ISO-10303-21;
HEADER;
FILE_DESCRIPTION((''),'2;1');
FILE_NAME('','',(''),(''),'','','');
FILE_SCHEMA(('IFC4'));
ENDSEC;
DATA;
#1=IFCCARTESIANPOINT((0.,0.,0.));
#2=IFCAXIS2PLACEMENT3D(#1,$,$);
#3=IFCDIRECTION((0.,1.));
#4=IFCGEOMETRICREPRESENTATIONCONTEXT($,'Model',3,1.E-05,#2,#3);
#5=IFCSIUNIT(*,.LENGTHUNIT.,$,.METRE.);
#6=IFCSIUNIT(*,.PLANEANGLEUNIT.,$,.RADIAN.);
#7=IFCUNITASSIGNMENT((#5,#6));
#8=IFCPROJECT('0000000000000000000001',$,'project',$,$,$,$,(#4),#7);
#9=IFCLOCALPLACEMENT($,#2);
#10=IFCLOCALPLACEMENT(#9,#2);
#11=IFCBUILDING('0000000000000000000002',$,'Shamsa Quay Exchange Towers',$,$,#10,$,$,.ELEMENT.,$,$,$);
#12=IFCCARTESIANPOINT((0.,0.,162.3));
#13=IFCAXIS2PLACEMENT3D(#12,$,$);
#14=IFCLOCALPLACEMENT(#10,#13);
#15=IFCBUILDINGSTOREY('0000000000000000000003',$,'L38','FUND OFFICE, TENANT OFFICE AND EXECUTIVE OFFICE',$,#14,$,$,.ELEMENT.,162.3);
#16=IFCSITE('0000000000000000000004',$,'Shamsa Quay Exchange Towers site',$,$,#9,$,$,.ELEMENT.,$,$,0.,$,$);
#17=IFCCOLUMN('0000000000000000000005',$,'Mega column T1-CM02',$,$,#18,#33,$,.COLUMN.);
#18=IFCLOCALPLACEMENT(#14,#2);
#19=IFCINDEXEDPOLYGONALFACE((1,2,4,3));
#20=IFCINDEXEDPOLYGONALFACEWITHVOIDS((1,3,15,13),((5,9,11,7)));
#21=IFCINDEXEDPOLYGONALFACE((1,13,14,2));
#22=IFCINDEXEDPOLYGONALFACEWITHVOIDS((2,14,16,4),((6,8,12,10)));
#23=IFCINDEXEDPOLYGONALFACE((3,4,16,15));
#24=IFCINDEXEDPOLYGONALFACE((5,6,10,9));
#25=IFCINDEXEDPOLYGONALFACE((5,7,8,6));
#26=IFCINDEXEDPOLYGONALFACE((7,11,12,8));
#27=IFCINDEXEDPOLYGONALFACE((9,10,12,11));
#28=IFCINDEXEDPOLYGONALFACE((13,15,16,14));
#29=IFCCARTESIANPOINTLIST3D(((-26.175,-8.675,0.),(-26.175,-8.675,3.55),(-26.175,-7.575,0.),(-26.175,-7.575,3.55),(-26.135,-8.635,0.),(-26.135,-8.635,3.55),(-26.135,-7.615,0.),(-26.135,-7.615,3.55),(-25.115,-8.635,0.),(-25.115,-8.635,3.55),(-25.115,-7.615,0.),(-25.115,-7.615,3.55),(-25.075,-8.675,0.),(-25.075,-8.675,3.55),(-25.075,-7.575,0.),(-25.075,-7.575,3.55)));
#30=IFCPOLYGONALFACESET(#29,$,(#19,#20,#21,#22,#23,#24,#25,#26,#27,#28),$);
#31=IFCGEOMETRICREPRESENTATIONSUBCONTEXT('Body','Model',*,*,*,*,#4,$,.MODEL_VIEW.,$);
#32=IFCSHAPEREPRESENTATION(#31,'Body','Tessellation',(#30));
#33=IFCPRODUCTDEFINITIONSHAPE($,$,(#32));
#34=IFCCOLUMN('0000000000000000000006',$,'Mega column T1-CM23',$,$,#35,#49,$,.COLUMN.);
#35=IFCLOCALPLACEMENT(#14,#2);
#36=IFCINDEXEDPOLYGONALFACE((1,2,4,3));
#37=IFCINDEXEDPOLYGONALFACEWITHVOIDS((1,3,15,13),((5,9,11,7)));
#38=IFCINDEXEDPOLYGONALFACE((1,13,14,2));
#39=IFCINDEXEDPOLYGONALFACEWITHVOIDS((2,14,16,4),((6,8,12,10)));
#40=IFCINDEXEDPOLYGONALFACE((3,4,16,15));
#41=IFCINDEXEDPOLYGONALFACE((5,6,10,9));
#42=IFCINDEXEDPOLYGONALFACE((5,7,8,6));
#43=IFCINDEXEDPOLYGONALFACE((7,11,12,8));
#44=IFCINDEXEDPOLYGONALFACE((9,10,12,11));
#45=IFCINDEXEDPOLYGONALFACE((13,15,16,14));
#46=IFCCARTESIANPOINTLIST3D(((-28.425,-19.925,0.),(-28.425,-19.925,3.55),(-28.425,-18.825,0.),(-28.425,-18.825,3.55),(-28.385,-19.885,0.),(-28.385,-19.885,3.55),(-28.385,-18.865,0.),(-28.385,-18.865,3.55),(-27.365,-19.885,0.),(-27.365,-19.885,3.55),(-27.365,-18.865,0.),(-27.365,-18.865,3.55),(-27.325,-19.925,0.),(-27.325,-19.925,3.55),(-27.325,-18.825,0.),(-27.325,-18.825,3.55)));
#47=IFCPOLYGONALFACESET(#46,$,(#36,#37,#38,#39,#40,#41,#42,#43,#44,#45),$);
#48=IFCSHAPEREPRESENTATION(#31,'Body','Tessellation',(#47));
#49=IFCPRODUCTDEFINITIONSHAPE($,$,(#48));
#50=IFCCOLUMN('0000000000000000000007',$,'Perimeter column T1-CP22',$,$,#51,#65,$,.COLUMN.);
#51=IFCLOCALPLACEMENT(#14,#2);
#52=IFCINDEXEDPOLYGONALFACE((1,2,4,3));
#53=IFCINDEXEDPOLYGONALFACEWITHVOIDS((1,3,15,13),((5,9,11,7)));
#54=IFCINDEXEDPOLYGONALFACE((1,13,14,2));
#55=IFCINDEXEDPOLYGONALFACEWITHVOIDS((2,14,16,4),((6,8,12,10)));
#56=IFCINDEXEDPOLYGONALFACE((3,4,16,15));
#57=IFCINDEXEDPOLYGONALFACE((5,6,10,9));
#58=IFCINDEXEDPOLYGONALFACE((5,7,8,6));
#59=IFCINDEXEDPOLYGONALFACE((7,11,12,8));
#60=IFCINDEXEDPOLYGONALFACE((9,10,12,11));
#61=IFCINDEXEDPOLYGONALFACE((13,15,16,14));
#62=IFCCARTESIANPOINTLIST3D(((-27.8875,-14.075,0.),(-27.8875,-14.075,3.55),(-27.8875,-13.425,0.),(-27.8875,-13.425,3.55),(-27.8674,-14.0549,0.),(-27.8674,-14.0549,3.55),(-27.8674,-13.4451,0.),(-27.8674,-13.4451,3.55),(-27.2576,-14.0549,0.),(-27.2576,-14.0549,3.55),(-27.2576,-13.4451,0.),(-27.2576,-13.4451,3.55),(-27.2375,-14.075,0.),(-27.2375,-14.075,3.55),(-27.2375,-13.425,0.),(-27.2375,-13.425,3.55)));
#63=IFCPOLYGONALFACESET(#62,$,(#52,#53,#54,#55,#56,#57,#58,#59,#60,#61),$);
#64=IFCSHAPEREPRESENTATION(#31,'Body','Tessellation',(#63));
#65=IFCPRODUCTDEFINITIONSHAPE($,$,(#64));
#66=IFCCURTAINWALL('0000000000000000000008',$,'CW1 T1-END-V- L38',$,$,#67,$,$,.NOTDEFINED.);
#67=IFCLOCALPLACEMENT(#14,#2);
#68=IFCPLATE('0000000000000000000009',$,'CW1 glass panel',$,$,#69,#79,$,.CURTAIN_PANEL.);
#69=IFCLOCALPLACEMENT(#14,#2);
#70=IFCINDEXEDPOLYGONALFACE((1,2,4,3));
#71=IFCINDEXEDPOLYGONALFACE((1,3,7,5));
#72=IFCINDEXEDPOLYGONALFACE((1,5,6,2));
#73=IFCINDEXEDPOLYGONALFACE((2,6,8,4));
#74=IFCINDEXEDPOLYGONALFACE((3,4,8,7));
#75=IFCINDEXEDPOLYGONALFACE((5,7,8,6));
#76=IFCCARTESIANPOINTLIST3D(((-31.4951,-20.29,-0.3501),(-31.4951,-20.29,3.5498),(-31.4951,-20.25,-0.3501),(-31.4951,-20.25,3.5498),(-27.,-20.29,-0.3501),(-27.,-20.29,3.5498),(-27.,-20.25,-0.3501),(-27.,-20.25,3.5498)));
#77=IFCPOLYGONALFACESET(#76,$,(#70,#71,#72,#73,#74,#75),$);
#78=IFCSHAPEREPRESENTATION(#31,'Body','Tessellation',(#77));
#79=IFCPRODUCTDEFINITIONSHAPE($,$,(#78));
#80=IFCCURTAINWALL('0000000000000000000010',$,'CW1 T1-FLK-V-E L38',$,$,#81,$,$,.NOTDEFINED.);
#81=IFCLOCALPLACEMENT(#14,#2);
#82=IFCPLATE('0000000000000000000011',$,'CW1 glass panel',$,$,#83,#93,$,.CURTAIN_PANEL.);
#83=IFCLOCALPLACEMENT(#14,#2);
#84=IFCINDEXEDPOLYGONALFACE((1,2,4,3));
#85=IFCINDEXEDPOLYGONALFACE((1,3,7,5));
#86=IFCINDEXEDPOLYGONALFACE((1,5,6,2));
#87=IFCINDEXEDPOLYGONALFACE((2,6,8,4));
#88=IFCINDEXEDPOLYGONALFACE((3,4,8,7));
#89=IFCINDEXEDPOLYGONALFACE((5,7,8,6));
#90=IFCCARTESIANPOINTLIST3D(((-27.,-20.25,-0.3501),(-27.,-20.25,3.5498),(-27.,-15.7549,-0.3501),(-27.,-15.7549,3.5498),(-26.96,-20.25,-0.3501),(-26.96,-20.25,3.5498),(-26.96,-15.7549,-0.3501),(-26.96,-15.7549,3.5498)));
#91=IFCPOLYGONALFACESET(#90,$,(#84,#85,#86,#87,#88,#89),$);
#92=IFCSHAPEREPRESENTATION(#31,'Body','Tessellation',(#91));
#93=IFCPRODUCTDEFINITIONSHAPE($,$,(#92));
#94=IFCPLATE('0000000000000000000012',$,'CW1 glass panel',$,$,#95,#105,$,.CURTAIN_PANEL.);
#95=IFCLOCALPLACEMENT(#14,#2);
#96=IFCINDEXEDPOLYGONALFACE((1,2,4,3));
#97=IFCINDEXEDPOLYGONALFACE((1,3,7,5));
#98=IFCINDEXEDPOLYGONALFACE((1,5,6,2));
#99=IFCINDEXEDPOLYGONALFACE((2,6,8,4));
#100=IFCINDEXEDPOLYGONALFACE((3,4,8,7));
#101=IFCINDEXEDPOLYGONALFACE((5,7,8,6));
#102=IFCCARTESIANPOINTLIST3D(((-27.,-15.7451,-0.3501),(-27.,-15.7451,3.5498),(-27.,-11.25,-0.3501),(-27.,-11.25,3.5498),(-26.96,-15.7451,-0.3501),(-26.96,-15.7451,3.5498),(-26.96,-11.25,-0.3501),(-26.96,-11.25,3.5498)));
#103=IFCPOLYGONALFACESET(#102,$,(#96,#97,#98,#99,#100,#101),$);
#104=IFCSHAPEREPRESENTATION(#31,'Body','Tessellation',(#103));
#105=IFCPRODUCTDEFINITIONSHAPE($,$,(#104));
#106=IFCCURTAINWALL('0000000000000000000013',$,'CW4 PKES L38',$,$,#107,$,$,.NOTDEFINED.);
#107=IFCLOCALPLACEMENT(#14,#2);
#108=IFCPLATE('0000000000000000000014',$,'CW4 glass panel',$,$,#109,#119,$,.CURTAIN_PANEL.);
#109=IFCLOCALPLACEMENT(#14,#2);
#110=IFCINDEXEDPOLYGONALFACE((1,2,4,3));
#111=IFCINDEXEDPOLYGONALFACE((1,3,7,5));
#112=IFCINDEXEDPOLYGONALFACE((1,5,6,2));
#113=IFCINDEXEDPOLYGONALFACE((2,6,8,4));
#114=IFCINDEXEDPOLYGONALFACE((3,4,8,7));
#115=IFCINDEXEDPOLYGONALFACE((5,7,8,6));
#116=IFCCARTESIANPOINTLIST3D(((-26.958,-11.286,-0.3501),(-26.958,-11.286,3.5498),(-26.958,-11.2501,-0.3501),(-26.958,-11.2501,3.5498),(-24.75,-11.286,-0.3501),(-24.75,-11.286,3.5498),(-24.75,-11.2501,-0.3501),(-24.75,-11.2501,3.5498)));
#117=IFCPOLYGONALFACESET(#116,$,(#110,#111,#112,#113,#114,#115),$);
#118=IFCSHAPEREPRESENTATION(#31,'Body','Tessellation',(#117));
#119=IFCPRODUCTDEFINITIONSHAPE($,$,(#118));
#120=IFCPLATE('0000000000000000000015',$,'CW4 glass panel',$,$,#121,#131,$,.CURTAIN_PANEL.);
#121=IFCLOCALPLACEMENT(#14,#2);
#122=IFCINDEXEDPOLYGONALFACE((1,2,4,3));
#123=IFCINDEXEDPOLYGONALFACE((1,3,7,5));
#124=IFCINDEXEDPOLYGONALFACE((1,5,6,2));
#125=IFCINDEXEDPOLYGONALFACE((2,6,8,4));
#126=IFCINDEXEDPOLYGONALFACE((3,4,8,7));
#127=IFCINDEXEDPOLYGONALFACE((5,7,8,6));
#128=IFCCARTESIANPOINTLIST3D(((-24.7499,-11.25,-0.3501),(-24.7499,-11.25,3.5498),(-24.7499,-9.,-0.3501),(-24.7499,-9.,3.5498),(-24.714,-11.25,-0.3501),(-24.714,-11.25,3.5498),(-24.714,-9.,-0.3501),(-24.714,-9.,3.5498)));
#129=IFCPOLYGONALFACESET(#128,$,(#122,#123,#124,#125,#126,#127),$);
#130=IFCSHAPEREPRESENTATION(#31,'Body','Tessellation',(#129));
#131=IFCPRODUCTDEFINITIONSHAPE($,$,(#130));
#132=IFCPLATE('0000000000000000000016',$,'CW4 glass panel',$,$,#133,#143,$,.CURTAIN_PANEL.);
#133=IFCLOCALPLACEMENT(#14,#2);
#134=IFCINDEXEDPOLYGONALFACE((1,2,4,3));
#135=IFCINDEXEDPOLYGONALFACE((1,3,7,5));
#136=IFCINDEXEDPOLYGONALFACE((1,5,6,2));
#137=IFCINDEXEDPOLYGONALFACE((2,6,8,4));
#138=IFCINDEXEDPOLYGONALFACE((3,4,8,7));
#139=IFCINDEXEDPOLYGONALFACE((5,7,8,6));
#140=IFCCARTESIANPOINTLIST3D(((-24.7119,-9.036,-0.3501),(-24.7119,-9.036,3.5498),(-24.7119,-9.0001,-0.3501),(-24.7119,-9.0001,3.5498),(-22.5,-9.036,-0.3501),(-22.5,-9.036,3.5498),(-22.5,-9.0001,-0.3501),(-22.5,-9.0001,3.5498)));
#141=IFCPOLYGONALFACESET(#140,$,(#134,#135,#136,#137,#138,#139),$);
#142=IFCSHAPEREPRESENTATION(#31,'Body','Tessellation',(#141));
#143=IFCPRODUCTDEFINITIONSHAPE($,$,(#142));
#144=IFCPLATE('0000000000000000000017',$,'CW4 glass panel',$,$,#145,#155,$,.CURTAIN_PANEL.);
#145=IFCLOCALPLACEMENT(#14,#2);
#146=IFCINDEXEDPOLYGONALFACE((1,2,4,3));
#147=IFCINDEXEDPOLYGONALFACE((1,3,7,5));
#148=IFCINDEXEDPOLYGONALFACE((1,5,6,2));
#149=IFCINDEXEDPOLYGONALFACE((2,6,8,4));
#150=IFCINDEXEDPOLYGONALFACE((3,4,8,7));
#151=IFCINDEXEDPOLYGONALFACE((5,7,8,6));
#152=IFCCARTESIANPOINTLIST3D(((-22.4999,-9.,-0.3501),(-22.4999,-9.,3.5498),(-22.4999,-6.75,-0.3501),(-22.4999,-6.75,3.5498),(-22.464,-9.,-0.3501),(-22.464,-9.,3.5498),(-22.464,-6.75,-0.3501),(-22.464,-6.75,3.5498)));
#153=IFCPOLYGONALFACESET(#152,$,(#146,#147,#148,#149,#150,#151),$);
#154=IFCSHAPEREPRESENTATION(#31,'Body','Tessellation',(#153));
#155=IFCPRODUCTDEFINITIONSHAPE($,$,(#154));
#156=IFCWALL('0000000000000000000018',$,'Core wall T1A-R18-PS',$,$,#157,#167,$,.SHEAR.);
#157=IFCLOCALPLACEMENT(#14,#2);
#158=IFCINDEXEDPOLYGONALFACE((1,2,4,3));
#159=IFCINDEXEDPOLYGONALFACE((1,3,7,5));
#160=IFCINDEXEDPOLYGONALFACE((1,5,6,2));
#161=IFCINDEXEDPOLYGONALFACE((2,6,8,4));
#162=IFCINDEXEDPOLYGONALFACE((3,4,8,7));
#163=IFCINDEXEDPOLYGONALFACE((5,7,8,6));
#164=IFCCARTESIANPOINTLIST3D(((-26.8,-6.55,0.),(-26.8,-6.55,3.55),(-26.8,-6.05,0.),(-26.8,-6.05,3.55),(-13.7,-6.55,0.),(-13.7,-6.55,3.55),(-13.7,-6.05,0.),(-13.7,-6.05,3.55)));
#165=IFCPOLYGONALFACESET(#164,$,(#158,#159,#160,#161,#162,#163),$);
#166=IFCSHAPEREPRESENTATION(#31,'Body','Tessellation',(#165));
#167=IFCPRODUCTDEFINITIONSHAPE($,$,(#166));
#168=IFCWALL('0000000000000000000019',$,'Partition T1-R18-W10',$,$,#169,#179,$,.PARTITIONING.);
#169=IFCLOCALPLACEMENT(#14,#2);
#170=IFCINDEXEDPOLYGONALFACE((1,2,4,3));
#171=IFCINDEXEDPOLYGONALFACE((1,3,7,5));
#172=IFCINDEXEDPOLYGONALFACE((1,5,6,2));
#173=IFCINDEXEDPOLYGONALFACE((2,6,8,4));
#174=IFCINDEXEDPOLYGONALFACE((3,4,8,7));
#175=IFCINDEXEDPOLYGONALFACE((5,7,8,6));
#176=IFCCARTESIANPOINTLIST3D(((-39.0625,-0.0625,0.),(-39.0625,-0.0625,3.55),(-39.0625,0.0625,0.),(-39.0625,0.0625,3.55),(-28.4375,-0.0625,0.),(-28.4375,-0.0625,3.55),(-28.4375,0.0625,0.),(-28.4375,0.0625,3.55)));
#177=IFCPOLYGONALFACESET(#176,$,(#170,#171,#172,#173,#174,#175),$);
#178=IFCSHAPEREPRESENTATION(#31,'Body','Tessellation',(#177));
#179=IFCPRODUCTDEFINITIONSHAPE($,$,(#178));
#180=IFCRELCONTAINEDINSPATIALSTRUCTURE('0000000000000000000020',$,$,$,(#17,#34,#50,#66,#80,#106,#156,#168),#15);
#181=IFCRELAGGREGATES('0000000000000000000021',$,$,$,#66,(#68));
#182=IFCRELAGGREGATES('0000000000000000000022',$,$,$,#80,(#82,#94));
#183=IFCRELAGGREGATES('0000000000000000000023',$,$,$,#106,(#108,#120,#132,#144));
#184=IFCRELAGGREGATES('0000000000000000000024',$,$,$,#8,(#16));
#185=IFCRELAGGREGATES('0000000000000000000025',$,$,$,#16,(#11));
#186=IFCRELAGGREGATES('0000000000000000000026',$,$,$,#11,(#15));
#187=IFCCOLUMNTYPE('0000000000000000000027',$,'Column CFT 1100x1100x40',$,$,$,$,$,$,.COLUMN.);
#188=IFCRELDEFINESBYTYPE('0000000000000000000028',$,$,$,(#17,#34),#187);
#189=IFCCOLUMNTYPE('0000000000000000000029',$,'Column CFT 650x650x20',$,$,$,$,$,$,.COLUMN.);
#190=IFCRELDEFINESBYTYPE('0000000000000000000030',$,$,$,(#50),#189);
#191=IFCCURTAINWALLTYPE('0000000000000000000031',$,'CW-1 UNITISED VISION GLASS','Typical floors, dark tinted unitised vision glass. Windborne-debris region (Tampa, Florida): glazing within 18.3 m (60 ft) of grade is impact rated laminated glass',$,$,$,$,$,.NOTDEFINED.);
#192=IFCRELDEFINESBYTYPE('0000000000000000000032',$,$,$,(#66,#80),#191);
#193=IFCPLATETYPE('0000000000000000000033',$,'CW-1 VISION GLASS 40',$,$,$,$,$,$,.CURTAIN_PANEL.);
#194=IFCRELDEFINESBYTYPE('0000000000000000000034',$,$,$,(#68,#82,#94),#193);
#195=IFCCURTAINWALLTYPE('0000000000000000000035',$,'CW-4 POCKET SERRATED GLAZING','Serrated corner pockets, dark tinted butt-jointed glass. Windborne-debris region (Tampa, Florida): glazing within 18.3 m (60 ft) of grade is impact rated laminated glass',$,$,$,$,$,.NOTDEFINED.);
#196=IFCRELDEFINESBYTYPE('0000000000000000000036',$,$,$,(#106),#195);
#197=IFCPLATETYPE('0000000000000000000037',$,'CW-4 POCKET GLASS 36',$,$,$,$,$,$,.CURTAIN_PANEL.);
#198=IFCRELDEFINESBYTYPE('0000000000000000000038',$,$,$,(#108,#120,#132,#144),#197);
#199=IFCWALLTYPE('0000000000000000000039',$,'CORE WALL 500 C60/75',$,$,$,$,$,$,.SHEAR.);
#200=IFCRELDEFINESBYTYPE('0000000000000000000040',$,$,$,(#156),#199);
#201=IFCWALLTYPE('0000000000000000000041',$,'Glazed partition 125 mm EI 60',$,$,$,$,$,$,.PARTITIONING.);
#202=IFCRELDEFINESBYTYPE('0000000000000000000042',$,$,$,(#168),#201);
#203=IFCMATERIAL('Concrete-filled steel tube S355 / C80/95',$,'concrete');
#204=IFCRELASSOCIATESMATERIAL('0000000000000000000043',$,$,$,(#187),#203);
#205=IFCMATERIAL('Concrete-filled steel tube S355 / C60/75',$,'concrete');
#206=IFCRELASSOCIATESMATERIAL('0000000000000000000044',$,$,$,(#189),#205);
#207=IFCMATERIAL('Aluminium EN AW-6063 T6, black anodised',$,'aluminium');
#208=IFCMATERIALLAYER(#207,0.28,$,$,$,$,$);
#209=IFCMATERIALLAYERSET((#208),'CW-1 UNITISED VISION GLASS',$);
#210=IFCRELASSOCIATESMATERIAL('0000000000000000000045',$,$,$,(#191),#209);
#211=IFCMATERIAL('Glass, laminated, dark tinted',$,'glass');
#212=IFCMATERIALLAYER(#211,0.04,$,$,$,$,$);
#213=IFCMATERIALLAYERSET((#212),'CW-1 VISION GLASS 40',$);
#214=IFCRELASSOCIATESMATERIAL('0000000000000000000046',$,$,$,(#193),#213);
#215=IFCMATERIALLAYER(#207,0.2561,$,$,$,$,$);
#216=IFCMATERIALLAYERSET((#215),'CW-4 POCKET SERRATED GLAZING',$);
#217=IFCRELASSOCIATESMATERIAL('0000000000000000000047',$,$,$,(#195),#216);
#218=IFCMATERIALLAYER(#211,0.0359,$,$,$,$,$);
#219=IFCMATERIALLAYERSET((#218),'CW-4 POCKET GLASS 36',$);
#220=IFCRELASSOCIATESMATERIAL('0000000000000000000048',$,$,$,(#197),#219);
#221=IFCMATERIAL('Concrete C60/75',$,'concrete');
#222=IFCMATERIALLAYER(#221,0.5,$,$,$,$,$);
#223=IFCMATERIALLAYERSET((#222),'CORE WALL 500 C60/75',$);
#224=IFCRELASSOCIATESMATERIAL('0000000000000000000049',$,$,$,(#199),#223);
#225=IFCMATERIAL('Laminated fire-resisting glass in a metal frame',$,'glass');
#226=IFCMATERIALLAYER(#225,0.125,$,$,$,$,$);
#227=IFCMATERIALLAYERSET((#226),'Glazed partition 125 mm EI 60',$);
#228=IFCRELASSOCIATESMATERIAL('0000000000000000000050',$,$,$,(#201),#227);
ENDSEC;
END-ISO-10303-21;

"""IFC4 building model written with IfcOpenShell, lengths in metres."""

from ifc_helpers import new_model, si_unit, direction, frame, frame_2d, origin, origin_2d, place, context, subcontext, project, spatial, rectangle, hollow_rectangle, extrude, material, layer, layer_set, material_profile, profile_set, type_object, element, aggregate, save


model = new_model("IFC4")

# Units and contexts
model_context = context("Model", 3, precision=1e-05, world=origin(), true_north=direction((0.0, 1.0)))
body_context = subcontext(model_context, "Body", "Model", "MODEL_VIEW")
ifc_project = project(units=[si_unit("LENGTHUNIT", "METRE"), si_unit("PLANEANGLEUNIT", "RADIAN")], contexts=[model_context])

# Site, building, storey
site_placement = place(None, origin())
site = spatial("IfcSite", under=ifc_project, at=site_placement, Name="Shamsa Quay Exchange Towers site", CompositionType="ELEMENT", RefElevation=0.0)
building_placement = place(site_placement, origin())
building = spatial("IfcBuilding", under=site, at=building_placement, Name="Shamsa Quay Exchange Towers", CompositionType="ELEMENT")
storey_placement = place(building_placement, frame((0.0, 0.0, 162.3)))
storey = spatial("IfcBuildingStorey", under=building, at=storey_placement, Name="L38", Description="FUND OFFICE, TENANT OFFICE AND EXECUTIVE OFFICE", CompositionType="ELEMENT", Elevation=162.3)

# Columns
ifc_material_1 = material(Name="Concrete-filled steel tube S355 / C80/95", Category="concrete")
ifc_material_profile_1 = material_profile(ifc_material_1, hollow_rectangle(XDim=1.1001, YDim=1.1001, WallThickness=0.04, at=origin_2d()), Name="CFT 1100x1100x40")
ifc_profile_set_1 = profile_set([ifc_material_profile_1], Name="Concrete-filled steel tube S355 / C80/95")
column_type_1 = type_object("IfcColumnType", Name="Column CFT 1100x1100x40", PredefinedType="COLUMN", material=ifc_profile_set_1)
for number, where, name in (
    (1, (-25.625, -8.125, 0.0), "Mega column T1-CM02"),
    (2, (-27.875, -19.375, 0.0), "Mega column T1-CM23"),
):
    element("IfcColumn", number, at=place(storey_placement, frame(where)), inside=storey, type_object=column_type_1, Name=name, PredefinedType="COLUMN", context=body_context, shape_type="SweptSolid", body=[
        extrude(hollow_rectangle(XDim=1.1001, YDim=1.1001, WallThickness=0.04, at=origin_2d()), origin(), (0.0, 0.0, 1.0), 3.55),
    ])
ifc_material_2 = material(Name="Concrete-filled steel tube S355 / C60/75", Category="concrete")
ifc_material_profile_2 = material_profile(ifc_material_2, hollow_rectangle(XDim=0.6499, YDim=0.6499, WallThickness=0.02, at=origin_2d()), Name="CFT 650x650x20")
ifc_profile_set_2 = profile_set([ifc_material_profile_2], Name="Concrete-filled steel tube S355 / C60/75")
column_type_2 = type_object("IfcColumnType", Name="Column CFT 650x650x20", PredefinedType="COLUMN", material=ifc_profile_set_2)
column_placement = place(storey_placement, frame((-27.5625, -13.75, 0.0)))
element("IfcColumn", 3, at=column_placement, inside=storey, type_object=column_type_2, Name="Perimeter column T1-CP22", PredefinedType="COLUMN", context=body_context, shape_type="SweptSolid", body=[
    extrude(hollow_rectangle(XDim=0.6499, YDim=0.6499, WallThickness=0.02, at=origin_2d()), origin(), (0.0, 0.0, 1.0), 3.55),
])

# Curtain wall, plate
ifc_material_3 = material(Name="Aluminium EN AW-6063 T6, black anodised", Category="aluminium")
ifc_layer_1 = layer(ifc_material_3, 0.28)
ifc_layer_set_1 = layer_set([ifc_layer_1], Name="CW-1 UNITISED VISION GLASS")
curtain_wall_type_1 = type_object("IfcCurtainWallType", Name="CW-1 UNITISED VISION GLASS", Description="Typical floors, dark tinted unitised vision glass. Windborne-debris region (Tampa, Florida): glazing within 18.3 m (60 ft) of grade is impact rated laminated glass", PredefinedType="NOTDEFINED", material=ifc_layer_set_1)
curtain_wall_1_placement = place(storey_placement, origin())
curtain_wall_1 = element("IfcCurtainWall", 4, at=curtain_wall_1_placement, inside=storey, type_object=curtain_wall_type_1, Name="CW1 T1-END-V- L38", PredefinedType="NOTDEFINED")
ifc_material_4 = material(Name="Glass, laminated, dark tinted", Category="glass")
ifc_layer_2 = layer(ifc_material_4, 0.04)
ifc_layer_set_2 = layer_set([ifc_layer_2], Name="CW-1 VISION GLASS 40")
plate_type_1 = type_object("IfcPlateType", Name="CW-1 VISION GLASS 40", PredefinedType="CURTAIN_PANEL", material=ifc_layer_set_2)
plate_1_placement = place(storey_placement, frame((-29.2476, -20.27, -0.3501)))
plate_1 = element("IfcPlate", 5, at=plate_1_placement, type_object=plate_type_1, Name="CW1 glass panel", PredefinedType="CURTAIN_PANEL", context=body_context, shape_type="SweptSolid", body=[
    extrude(rectangle(XDim=4.4951, YDim=0.04, at=origin_2d()), origin(), (0.0, 0.0, 1.0), 3.8999),
])
aggregate(curtain_wall_1, [plate_1])

# Curtain walls, plates
curtain_wall_2_placement = place(storey_placement, origin())
curtain_wall_2 = element("IfcCurtainWall", 6, at=curtain_wall_2_placement, inside=storey, type_object=curtain_wall_type_1, Name="CW1 T1-FLK-V-E L38", PredefinedType="NOTDEFINED")
plate_2_placement = place(storey_placement, frame((-26.98, -18.0024, -0.3501), z_axis=(0.0, 0.0, 1.0), x_axis=(0.0, 1.0, 0.0)))
plate_2 = element("IfcPlate", 7, at=plate_2_placement, type_object=plate_type_1, Name="CW1 glass panel", PredefinedType="CURTAIN_PANEL", context=body_context, shape_type="SweptSolid", body=[
    extrude(rectangle(XDim=4.4951, YDim=0.04, at=origin_2d()), origin(), (0.0, 0.0, 1.0), 3.8999),
])
plate_3_placement = place(storey_placement, frame((-26.98, -13.4976, -0.3501), z_axis=(0.0, 0.0, 1.0), x_axis=(0.0, 1.0, 0.0)))
plate_3 = element("IfcPlate", 8, at=plate_3_placement, type_object=plate_type_1, Name="CW1 glass panel", PredefinedType="CURTAIN_PANEL", context=body_context, shape_type="SweptSolid", body=[
    extrude(rectangle(XDim=4.4951, YDim=0.04, at=origin_2d()), origin(), (0.0, 0.0, 1.0), 3.8999),
])
aggregate(curtain_wall_2, [plate_2, plate_3])
ifc_layer_3 = layer(ifc_material_3, 0.2561)
ifc_layer_set_3 = layer_set([ifc_layer_3], Name="CW-4 POCKET SERRATED GLAZING")
curtain_wall_type_2 = type_object("IfcCurtainWallType", Name="CW-4 POCKET SERRATED GLAZING", Description="Serrated corner pockets, dark tinted butt-jointed glass. Windborne-debris region (Tampa, Florida): glazing within 18.3 m (60 ft) of grade is impact rated laminated glass", PredefinedType="NOTDEFINED", material=ifc_layer_set_3)
curtain_wall_3_placement = place(storey_placement, origin())
curtain_wall_3 = element("IfcCurtainWall", 9, at=curtain_wall_3_placement, inside=storey, type_object=curtain_wall_type_2, Name="CW4 PKES L38", PredefinedType="NOTDEFINED")
ifc_layer_4 = layer(ifc_material_4, 0.0359)
ifc_layer_set_4 = layer_set([ifc_layer_4], Name="CW-4 POCKET GLASS 36")
plate_type_2 = type_object("IfcPlateType", Name="CW-4 POCKET GLASS 36", PredefinedType="CURTAIN_PANEL", material=ifc_layer_set_4)
plate_4_placement = place(storey_placement, frame((-25.854, -11.2681, -0.3501)))
plate_4 = element("IfcPlate", 10, at=plate_4_placement, type_object=plate_type_2, Name="CW4 glass panel", PredefinedType="CURTAIN_PANEL", context=body_context, shape_type="SweptSolid", body=[
    extrude(rectangle(XDim=2.208, YDim=0.0359, at=origin_2d()), origin(), (0.0, 0.0, 1.0), 3.8999),
])
plate_5_placement = place(storey_placement, frame((-24.7319, -10.125, -0.3501), z_axis=(0.0, 0.0, 1.0), x_axis=(0.0, 1.0, 0.0)))
plate_5 = element("IfcPlate", 11, at=plate_5_placement, type_object=plate_type_2, Name="CW4 glass panel", PredefinedType="CURTAIN_PANEL", context=body_context, shape_type="SweptSolid", body=[
    extrude(rectangle(XDim=2.25, YDim=0.0359, at=origin_2d()), origin(), (0.0, 0.0, 1.0), 3.8999),
])
plate_6_placement = place(storey_placement, frame((-23.606, -9.0181, -0.3501)))
plate_6 = element("IfcPlate", 12, at=plate_6_placement, type_object=plate_type_2, Name="CW4 glass panel", PredefinedType="CURTAIN_PANEL", context=body_context, shape_type="SweptSolid", body=[
    extrude(rectangle(XDim=2.2119, YDim=0.0359, at=origin_2d()), origin(), (0.0, 0.0, 1.0), 3.8999),
])
plate_7_placement = place(storey_placement, frame((-22.4819, -7.875, -0.3501), z_axis=(0.0, 0.0, 1.0), x_axis=(0.0, 1.0, 0.0)))
plate_7 = element("IfcPlate", 13, at=plate_7_placement, type_object=plate_type_2, Name="CW4 glass panel", PredefinedType="CURTAIN_PANEL", context=body_context, shape_type="SweptSolid", body=[
    extrude(rectangle(XDim=2.25, YDim=0.0359, at=origin_2d()), origin(), (0.0, 0.0, 1.0), 3.8999),
])
aggregate(curtain_wall_3, [plate_4, plate_5, plate_6, plate_7])

# Walls
ifc_material_5 = material(Name="Concrete C60/75", Category="concrete")
ifc_layer_5 = layer(ifc_material_5, 0.5)
ifc_layer_set_5 = layer_set([ifc_layer_5], Name="CORE WALL 500 C60/75")
wall_type_1 = type_object("IfcWallType", Name="CORE WALL 500 C60/75", PredefinedType="SHEAR", material=ifc_layer_set_5)
wall_1_placement = place(storey_placement, frame((-26.8, -6.3, 0.0)))
element("IfcWall", 14, at=wall_1_placement, inside=storey, type_object=wall_type_1, Name="Core wall T1A-R18-PS", PredefinedType="SHEAR", context=body_context, shape_type="SweptSolid", body=[
    extrude(rectangle(XDim=13.1001, YDim=0.5, at=frame_2d((6.55, 0.0))), origin(), (0.0, 0.0, 1.0), 3.55),
])
ifc_material_6 = material(Name="Laminated fire-resisting glass in a metal frame", Category="glass")
ifc_layer_6 = layer(ifc_material_6, 0.125)
ifc_layer_set_6 = layer_set([ifc_layer_6], Name="Glazed partition 125 mm EI 60")
wall_type_2 = type_object("IfcWallType", Name="Glazed partition 125 mm EI 60", PredefinedType="PARTITIONING", material=ifc_layer_set_6)
wall_2_placement = place(storey_placement, frame((-28.4375, 0.0, 0.0), z_axis=(0.0, 0.0, 1.0), x_axis=(-1.0, 0.0, 0.0)))
element("IfcWall", 15, at=wall_2_placement, inside=storey, type_object=wall_type_2, Name="Partition T1-R18-W10", PredefinedType="PARTITIONING", context=body_context, shape_type="SweptSolid", body=[
    extrude(rectangle(XDim=10.625, YDim=0.125, at=frame_2d((5.3125, 0.0))), origin(), (0.0, 0.0, 1.0), 3.55),
])

save(model, "model.ifc")
